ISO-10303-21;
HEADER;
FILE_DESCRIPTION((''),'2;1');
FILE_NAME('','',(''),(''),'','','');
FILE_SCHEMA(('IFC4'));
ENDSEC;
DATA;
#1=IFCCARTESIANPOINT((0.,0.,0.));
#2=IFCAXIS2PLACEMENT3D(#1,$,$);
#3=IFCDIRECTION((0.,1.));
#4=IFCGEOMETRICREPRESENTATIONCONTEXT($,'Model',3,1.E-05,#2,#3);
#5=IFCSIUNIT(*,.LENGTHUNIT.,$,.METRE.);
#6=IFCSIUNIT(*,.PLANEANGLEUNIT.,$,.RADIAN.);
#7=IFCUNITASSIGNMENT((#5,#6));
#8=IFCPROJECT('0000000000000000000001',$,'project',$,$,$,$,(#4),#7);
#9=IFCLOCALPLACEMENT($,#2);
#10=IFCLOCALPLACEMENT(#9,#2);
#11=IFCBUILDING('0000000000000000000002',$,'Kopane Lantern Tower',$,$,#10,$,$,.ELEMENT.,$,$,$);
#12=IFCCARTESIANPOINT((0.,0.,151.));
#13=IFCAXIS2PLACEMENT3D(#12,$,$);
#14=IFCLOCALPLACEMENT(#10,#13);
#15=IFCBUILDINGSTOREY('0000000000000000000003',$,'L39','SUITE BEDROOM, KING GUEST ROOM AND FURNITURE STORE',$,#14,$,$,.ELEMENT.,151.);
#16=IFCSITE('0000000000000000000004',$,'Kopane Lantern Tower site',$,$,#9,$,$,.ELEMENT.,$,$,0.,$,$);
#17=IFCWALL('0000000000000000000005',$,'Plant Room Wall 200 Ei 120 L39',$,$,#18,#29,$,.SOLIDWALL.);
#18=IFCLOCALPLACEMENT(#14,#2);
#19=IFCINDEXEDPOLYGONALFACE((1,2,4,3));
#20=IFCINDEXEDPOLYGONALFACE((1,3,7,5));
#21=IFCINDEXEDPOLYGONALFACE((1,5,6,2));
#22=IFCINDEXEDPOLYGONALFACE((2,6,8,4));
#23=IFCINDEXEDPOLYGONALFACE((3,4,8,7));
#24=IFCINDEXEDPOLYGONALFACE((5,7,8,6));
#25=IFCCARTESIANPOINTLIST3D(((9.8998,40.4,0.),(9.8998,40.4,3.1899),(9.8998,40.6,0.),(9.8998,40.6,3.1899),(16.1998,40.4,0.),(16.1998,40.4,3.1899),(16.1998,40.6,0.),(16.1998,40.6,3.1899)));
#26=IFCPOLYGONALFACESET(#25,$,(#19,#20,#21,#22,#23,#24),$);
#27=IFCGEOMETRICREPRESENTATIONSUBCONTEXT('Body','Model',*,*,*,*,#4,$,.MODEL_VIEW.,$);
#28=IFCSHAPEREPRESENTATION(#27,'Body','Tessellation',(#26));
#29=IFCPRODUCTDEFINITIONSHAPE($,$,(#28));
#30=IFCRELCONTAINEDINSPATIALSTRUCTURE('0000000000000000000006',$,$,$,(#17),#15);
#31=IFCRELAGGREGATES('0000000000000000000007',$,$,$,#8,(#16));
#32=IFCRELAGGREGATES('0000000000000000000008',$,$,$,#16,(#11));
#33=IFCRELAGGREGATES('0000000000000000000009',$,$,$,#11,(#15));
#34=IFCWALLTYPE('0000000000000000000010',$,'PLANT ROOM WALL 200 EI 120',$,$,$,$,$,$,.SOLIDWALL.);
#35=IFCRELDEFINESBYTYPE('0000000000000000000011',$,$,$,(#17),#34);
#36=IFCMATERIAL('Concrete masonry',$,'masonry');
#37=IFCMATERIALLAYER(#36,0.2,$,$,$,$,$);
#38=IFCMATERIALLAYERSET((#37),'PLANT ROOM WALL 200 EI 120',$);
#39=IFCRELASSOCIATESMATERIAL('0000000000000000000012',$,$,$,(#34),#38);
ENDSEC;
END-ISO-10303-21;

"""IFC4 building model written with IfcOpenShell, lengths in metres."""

from ifc_helpers import new_model, si_unit, direction, frame, frame_2d, origin, place, context, subcontext, project, spatial, rectangle, extrude, material, layer, layer_set, type_object, element, save


model = new_model("IFC4")

# Units and contexts
model_context = context("Model", 3, precision=1e-05, world=origin(), true_north=direction((0.0, 1.0)))
body_context = subcontext(model_context, "Body", "Model", "MODEL_VIEW")
ifc_project = project(units=[si_unit("LENGTHUNIT", "METRE"), si_unit("PLANEANGLEUNIT", "RADIAN")], contexts=[model_context])

# Site, building, storey
site_placement = place(None, origin())
site = spatial("IfcSite", under=ifc_project, at=site_placement, Name="Kopane Lantern Tower site", CompositionType="ELEMENT", RefElevation=0.0)
building_placement = place(site_placement, origin())
building = spatial("IfcBuilding", under=site, at=building_placement, Name="Kopane Lantern Tower", CompositionType="ELEMENT")
storey_placement = place(building_placement, frame((0.0, 0.0, 151.0)))
storey = spatial("IfcBuildingStorey", under=building, at=storey_placement, Name="L39", Description="SUITE BEDROOM, KING GUEST ROOM AND FURNITURE STORE", CompositionType="ELEMENT", Elevation=151.0)

# Wall
ifc_material_1 = material(Name="Concrete masonry", Category="masonry")
ifc_layer_1 = layer(ifc_material_1, 0.2)
ifc_layer_set_1 = layer_set([ifc_layer_1], Name="PLANT ROOM WALL 200 EI 120")
wall_type_1 = type_object("IfcWallType", Name="PLANT ROOM WALL 200 EI 120", PredefinedType="SOLIDWALL", material=ifc_layer_set_1)
wall_1_placement = place(storey_placement, frame((9.8999, 40.5, 0.0), z_axis=(0.0, 0.0, 1.0), x_axis=(1.0, 0.0, 0.0)))
element("IfcWall", 1, at=wall_1_placement, inside=storey, type_object=wall_type_1, Name="Plant Room Wall 200 Ei 120 L39", PredefinedType="SOLIDWALL", context=body_context, shape_type="SweptSolid", body=[
    extrude(rectangle(XDim=6.3, YDim=0.2, at=frame_2d((3.1499, 0.0))), origin(), (0.0, 0.0, 1.0), 3.1899),
])

save(model, "model.ifc")
